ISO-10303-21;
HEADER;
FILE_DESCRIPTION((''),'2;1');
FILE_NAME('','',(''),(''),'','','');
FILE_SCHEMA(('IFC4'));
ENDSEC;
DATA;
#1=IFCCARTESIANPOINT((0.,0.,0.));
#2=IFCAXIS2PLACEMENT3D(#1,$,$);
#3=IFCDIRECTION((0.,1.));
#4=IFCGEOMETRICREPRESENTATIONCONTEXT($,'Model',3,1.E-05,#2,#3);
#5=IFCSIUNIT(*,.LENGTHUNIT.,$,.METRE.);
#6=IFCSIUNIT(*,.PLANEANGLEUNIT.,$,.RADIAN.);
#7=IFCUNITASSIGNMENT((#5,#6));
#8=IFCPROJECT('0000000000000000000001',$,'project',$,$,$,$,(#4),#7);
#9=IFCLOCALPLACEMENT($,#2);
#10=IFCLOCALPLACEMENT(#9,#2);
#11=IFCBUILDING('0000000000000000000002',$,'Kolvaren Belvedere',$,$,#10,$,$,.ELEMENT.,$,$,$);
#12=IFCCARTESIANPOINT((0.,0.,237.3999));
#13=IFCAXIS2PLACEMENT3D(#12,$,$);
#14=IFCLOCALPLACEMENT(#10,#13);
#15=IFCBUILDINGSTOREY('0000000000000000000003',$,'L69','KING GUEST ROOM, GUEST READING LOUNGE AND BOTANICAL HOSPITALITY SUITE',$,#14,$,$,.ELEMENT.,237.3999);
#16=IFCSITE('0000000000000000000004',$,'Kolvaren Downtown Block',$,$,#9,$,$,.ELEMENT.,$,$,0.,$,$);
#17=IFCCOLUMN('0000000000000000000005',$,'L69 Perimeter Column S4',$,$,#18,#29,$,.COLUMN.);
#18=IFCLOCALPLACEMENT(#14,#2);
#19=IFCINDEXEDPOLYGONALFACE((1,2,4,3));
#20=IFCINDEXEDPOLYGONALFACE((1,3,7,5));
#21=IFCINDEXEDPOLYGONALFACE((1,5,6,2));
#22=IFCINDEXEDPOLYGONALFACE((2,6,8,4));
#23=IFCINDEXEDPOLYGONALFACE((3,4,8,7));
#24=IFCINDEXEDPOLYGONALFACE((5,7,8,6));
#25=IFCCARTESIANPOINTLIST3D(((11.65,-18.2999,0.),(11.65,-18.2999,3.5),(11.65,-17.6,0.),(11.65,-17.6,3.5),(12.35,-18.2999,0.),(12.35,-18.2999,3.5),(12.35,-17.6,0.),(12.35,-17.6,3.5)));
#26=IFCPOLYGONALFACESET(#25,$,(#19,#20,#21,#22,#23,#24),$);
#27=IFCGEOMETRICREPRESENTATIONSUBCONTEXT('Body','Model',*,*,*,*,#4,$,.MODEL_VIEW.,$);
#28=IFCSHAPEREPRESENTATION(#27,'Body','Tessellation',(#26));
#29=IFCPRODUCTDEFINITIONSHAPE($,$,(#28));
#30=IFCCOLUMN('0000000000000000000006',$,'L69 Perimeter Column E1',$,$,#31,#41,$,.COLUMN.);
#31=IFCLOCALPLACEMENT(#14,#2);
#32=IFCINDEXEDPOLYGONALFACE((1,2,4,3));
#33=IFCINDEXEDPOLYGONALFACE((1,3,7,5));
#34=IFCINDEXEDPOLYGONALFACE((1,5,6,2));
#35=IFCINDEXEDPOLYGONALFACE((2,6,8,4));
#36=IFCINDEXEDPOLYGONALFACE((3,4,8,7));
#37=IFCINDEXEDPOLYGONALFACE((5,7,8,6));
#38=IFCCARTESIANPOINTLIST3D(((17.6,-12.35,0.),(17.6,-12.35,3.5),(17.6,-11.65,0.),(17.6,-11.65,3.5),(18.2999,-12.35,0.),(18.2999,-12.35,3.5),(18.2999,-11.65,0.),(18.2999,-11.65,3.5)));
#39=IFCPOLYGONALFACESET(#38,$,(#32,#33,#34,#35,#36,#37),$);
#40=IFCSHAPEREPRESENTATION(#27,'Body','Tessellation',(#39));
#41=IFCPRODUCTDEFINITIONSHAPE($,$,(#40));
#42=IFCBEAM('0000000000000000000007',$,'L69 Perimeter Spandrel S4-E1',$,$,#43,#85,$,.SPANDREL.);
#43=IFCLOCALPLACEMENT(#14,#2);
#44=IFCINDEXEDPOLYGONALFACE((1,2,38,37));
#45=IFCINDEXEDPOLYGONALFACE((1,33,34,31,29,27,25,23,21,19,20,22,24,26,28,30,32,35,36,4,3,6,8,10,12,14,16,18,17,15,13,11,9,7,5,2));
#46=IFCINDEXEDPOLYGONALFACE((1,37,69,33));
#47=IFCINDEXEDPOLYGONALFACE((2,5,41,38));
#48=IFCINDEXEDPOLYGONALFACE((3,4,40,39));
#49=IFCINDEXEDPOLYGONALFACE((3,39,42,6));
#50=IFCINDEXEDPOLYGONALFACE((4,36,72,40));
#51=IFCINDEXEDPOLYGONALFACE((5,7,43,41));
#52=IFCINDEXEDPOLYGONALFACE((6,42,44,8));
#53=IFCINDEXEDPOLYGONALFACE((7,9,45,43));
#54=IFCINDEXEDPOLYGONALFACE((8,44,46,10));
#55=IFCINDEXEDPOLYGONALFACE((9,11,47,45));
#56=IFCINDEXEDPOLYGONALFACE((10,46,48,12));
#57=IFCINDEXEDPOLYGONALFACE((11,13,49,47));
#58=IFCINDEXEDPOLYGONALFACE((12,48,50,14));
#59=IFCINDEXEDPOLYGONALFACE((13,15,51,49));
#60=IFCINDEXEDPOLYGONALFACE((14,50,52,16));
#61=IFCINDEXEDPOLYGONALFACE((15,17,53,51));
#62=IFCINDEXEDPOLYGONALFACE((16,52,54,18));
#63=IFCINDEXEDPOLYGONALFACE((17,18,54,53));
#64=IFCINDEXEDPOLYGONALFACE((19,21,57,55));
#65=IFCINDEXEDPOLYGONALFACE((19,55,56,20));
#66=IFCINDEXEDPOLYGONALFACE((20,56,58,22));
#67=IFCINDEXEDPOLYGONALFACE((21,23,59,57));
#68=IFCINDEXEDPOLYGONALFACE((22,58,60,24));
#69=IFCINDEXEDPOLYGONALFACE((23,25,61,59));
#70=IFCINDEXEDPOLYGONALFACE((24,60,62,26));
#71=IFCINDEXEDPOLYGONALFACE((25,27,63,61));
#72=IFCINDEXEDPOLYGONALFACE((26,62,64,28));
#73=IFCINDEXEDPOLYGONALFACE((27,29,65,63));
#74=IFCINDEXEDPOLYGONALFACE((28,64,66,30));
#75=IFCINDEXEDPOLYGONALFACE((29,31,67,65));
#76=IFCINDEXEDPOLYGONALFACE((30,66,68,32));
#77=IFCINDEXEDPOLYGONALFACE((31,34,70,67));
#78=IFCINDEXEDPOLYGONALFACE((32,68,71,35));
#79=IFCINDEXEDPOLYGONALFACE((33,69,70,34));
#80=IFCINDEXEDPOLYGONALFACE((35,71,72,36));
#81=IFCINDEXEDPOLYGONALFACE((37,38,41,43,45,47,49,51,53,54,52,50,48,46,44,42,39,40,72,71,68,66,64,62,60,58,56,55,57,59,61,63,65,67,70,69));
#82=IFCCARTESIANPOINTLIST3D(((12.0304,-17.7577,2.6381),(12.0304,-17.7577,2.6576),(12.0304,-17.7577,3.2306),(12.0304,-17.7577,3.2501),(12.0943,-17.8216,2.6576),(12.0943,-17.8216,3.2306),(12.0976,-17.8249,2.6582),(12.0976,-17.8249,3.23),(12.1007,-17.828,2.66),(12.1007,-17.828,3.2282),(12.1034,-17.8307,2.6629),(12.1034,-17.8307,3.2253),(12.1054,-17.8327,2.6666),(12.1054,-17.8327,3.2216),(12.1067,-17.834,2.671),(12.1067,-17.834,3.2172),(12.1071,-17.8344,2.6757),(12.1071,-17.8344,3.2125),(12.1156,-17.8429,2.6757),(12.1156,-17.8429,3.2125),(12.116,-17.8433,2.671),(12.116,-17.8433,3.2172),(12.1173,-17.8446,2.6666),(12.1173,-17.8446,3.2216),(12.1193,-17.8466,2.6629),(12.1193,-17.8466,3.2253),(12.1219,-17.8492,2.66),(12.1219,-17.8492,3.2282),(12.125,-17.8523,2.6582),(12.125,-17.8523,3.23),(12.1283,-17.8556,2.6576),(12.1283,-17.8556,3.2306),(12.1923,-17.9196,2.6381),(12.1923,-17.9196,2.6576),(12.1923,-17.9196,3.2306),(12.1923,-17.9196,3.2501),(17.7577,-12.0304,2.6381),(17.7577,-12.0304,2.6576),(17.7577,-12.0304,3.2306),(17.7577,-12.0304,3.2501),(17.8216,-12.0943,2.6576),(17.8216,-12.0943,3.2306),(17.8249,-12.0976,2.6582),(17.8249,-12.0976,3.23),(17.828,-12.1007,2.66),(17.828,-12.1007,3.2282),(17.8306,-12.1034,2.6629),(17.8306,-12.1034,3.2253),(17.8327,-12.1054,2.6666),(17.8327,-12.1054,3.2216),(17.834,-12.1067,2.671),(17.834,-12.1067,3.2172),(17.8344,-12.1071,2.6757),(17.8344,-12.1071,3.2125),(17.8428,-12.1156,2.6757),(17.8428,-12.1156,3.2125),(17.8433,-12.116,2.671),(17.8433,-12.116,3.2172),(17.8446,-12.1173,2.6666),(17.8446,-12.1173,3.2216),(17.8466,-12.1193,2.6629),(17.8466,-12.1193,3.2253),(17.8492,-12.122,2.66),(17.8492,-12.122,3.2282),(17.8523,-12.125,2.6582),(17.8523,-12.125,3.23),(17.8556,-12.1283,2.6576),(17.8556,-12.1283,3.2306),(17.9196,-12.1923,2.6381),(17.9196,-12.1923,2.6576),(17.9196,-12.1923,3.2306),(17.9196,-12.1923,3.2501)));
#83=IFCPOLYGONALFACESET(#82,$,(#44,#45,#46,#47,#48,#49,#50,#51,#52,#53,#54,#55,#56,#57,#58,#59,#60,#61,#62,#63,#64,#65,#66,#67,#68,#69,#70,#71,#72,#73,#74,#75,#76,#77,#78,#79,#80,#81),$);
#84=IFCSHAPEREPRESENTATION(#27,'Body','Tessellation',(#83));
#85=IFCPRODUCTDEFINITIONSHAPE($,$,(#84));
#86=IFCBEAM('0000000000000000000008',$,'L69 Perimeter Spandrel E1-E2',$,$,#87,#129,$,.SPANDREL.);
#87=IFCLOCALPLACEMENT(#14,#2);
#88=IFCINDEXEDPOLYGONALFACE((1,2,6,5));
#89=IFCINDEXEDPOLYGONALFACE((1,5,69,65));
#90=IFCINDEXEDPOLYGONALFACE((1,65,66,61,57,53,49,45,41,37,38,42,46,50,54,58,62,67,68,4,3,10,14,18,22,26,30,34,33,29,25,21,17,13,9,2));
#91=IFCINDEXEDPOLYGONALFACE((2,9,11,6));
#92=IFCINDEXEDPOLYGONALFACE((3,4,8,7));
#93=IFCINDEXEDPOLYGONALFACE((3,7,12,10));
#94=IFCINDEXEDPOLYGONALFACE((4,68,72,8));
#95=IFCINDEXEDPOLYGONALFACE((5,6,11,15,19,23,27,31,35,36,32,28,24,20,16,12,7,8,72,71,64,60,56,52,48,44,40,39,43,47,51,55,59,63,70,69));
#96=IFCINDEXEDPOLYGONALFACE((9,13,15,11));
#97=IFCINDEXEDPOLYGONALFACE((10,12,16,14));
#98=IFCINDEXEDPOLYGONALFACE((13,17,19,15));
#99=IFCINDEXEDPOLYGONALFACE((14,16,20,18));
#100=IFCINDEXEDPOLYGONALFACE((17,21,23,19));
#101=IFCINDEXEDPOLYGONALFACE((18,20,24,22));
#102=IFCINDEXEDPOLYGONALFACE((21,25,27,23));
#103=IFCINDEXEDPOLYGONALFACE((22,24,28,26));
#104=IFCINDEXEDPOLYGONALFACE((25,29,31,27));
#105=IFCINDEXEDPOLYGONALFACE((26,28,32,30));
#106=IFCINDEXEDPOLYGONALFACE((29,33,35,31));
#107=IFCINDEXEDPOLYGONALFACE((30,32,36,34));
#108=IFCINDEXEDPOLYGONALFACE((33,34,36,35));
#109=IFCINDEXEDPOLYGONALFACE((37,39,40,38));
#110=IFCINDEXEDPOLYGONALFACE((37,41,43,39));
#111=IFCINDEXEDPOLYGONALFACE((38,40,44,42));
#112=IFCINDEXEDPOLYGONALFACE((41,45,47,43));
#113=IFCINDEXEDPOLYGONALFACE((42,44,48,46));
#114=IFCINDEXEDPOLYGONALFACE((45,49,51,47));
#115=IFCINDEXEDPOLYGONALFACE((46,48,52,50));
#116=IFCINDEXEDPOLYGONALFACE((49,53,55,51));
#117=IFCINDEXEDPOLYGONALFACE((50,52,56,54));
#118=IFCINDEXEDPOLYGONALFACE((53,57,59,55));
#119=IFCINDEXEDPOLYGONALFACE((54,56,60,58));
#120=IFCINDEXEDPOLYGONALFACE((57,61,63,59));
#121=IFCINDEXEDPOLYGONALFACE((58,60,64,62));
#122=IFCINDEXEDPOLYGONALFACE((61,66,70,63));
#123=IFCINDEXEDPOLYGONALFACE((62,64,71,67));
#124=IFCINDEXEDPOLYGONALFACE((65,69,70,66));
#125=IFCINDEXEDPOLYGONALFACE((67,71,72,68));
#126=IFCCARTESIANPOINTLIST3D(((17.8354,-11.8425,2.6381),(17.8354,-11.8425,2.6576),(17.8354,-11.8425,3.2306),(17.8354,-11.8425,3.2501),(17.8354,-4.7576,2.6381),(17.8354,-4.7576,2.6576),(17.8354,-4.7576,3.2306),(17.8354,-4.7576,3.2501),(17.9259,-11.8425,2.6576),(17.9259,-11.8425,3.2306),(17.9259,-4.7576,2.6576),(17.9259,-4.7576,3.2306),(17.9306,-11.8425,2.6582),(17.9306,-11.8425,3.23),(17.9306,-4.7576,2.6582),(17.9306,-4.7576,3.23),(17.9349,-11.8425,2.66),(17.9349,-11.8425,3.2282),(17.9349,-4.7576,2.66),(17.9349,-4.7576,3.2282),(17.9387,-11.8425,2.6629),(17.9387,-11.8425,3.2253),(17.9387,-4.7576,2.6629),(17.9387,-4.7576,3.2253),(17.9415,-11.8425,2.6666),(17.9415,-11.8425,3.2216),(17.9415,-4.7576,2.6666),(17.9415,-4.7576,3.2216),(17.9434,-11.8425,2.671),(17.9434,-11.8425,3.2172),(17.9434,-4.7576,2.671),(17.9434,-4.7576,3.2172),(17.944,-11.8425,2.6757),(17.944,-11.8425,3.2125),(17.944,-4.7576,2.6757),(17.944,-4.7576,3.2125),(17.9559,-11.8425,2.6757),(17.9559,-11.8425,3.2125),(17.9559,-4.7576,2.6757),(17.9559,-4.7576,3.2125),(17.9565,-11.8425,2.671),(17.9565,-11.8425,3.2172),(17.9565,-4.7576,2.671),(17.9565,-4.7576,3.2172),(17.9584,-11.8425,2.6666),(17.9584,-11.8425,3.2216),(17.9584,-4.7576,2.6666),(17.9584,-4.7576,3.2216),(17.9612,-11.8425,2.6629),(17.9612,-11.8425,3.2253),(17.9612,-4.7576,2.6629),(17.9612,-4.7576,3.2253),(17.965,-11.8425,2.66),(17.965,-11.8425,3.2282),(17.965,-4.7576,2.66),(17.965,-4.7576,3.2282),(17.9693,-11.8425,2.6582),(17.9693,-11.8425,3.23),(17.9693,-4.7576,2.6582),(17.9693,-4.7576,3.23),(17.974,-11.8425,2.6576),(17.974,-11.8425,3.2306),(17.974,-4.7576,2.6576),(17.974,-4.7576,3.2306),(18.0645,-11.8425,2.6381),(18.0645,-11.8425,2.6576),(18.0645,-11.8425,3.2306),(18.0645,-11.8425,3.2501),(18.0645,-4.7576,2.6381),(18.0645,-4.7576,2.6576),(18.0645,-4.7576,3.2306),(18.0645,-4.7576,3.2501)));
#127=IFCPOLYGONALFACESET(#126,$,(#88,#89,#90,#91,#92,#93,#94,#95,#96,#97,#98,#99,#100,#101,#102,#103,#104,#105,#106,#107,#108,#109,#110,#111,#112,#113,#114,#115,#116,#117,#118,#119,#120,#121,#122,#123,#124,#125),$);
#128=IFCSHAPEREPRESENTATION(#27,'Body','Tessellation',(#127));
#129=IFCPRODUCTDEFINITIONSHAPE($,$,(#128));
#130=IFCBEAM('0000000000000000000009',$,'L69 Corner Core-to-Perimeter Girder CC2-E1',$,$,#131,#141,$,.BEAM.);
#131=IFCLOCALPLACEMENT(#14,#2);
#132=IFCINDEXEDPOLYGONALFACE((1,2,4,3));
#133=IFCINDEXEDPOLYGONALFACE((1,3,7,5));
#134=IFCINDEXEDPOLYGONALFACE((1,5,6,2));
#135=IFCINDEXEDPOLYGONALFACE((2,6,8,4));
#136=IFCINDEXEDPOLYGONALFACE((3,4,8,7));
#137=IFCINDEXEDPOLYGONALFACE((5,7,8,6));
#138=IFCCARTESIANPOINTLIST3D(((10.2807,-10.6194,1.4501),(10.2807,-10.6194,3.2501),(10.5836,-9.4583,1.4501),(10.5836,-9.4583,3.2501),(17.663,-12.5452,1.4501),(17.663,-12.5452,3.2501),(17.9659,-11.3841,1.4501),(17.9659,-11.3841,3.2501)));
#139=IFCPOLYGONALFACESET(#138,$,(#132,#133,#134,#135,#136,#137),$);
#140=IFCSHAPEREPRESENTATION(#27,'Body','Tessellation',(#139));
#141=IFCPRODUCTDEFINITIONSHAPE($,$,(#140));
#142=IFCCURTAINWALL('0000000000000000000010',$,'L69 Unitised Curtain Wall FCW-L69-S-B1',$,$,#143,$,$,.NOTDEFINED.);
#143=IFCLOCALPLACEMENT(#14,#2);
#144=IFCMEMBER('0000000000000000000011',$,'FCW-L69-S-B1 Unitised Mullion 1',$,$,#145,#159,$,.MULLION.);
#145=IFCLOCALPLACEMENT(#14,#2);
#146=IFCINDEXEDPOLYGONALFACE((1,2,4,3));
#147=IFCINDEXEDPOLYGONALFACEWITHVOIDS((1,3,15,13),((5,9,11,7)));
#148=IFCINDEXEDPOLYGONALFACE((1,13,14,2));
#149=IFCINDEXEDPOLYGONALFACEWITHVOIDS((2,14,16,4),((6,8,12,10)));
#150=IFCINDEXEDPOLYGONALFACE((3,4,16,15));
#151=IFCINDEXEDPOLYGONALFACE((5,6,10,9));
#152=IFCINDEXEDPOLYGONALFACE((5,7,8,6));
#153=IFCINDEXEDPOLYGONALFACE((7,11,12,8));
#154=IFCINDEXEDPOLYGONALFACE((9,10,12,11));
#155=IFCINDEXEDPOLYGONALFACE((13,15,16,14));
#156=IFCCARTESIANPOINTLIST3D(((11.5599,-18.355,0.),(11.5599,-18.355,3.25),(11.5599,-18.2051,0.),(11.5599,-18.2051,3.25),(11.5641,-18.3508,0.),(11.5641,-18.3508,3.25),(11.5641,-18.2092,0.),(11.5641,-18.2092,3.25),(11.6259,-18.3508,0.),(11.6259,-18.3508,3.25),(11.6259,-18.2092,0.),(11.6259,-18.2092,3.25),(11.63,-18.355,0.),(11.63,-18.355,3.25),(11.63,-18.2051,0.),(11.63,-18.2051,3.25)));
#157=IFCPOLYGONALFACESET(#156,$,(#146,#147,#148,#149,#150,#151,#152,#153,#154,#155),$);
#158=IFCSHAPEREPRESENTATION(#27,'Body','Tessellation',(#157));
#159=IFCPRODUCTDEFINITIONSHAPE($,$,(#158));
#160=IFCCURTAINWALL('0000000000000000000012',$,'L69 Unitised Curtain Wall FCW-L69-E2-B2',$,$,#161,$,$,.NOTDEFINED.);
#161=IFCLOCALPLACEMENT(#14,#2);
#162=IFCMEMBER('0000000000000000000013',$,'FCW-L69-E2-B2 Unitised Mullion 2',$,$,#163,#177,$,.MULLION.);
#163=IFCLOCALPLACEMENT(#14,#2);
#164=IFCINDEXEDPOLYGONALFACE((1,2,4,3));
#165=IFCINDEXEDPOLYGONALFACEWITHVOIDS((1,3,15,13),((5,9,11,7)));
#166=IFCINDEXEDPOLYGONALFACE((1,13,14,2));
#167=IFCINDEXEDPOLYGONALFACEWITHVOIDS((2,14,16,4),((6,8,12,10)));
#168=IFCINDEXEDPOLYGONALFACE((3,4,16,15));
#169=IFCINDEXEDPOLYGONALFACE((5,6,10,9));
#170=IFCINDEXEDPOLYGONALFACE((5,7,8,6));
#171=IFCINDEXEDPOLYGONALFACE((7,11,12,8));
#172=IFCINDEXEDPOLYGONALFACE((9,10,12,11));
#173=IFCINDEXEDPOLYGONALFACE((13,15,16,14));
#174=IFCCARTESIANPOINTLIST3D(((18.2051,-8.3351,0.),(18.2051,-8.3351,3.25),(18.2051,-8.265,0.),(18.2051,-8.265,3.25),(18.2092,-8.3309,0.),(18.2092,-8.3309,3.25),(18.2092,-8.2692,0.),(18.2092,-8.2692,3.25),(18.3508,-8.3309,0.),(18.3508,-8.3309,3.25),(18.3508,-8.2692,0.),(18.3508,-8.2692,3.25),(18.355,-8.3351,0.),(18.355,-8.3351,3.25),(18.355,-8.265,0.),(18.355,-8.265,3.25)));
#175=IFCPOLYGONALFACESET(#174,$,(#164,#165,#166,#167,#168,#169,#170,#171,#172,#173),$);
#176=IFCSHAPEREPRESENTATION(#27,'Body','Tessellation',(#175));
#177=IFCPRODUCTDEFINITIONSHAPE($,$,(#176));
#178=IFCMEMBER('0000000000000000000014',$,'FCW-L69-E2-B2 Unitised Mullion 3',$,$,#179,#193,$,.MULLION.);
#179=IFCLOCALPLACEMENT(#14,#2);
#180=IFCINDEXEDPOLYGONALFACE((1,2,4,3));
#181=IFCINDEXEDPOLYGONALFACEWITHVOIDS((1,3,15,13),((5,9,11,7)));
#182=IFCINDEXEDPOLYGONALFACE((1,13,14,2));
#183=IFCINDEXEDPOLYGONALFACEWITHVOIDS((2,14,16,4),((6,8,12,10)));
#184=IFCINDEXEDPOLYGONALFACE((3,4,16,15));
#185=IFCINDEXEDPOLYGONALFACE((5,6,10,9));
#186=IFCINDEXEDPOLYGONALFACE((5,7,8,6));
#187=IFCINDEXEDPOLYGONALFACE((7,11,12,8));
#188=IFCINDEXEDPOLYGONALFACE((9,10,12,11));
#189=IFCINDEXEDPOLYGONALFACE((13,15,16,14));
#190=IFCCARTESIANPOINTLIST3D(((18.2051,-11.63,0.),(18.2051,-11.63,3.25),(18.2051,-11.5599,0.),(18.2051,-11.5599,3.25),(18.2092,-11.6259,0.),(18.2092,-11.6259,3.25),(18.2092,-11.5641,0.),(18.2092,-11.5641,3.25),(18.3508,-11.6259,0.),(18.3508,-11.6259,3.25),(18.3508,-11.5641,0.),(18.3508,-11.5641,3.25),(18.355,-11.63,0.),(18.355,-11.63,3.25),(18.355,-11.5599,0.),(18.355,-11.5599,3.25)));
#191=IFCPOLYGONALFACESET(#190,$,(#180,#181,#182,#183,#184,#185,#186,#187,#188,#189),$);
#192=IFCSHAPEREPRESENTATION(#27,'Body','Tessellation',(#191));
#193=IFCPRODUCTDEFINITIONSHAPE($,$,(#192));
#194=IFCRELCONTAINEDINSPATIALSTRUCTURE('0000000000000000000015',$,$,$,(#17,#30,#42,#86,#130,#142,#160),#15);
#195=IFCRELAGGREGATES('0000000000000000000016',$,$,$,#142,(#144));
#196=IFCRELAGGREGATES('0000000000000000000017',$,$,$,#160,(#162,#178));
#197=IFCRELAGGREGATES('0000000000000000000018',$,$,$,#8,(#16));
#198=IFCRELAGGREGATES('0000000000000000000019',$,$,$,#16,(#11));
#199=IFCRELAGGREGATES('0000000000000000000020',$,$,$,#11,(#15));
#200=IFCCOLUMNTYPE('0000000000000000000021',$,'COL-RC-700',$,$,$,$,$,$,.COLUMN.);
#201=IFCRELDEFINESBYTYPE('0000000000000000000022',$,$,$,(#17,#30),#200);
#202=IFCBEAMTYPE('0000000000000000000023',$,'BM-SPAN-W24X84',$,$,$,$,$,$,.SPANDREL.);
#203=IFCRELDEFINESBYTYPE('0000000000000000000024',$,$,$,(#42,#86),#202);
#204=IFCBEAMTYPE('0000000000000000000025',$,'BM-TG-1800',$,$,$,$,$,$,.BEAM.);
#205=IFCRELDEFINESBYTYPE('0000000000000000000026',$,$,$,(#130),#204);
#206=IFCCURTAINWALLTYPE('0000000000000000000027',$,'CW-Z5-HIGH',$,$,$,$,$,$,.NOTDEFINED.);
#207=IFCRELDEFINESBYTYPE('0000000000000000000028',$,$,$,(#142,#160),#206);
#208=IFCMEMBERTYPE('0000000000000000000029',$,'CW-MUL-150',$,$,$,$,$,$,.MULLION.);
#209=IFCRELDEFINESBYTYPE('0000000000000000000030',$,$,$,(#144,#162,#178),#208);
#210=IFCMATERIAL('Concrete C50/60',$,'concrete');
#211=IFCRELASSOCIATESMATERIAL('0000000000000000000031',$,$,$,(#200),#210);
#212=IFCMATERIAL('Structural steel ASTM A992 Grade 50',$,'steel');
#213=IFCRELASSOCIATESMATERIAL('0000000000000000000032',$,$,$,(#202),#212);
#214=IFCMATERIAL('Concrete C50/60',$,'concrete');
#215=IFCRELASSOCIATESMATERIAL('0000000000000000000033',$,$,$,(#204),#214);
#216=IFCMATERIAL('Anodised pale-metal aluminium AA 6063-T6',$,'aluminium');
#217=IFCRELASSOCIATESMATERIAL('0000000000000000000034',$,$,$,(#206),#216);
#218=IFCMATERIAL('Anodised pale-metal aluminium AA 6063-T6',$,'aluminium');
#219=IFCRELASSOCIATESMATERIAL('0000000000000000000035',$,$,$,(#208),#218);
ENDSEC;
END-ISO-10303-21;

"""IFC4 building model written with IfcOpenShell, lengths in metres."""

from ifc_helpers import new_model, si_unit, direction, frame, origin, origin_2d, place, context, subcontext, project, spatial, rectangle, hollow_rectangle, i_section, extrude, material, material_profile, profile_set, type_object, element, aggregate, save


model = new_model("IFC4")

# Units and contexts
model_context = context("Model", 3, precision=1e-05, world=origin(), true_north=direction((0.0, 1.0)))
body_context = subcontext(model_context, "Body", "Model", "MODEL_VIEW")
ifc_project = project(units=[si_unit("LENGTHUNIT", "METRE"), si_unit("PLANEANGLEUNIT", "RADIAN")], contexts=[model_context])

# Site, building, storey
site_placement = place(None, origin())
site = spatial("IfcSite", under=ifc_project, at=site_placement, Name="Kolvaren Downtown Block", CompositionType="ELEMENT", RefElevation=0.0)
building_placement = place(site_placement, origin())
building = spatial("IfcBuilding", under=site, at=building_placement, Name="Kolvaren Belvedere", CompositionType="ELEMENT")
storey_placement = place(building_placement, frame((0.0, 0.0, 237.3999)))
storey = spatial("IfcBuildingStorey", under=building, at=storey_placement, Name="L69", Description="KING GUEST ROOM, GUEST READING LOUNGE AND BOTANICAL HOSPITALITY SUITE", CompositionType="ELEMENT", Elevation=237.3999)

# Columns
ifc_material_1 = material(Name="Concrete C50/60", Category="concrete")
ifc_material_profile_1 = material_profile(ifc_material_1, rectangle(XDim=0.7, YDim=0.7, at=origin_2d()), Name="RC 700X700")
ifc_profile_set_1 = profile_set([ifc_material_profile_1], Name="Concrete C50/60")
column_type = type_object("IfcColumnType", Name="COL-RC-700", PredefinedType="COLUMN", material=ifc_profile_set_1)
for number, where, z_axis, x_axis, name in (
    (1, (12.0, -17.95, 0.0), (0.0, 0.0, 1.0), (1.0, 0.0, 0.0), "L69 Perimeter Column S4"),
    (2, (17.95, -12.0, 0.0), (0.0, 0.0, 1.0), (1.0, 0.0, 0.0), "L69 Perimeter Column E1"),
):
    element("IfcColumn", number, at=place(storey_placement, frame(where, z_axis=z_axis, x_axis=x_axis)), inside=storey, type_object=column_type, Name=name, PredefinedType="COLUMN", context=body_context, shape_type="SweptSolid", body=[
        extrude(rectangle(XDim=0.7, YDim=0.7, at=origin_2d()), origin(), (0.0, 0.0, 1.0), 3.5),
    ])

# Beams
ifc_material_2 = material(Name="Structural steel ASTM A992 Grade 50", Category="steel")
ifc_material_profile_2 = material_profile(ifc_material_2, i_section(OverallWidth=0.229, OverallDepth=0.6121, WebThickness=0.012, FlangeThickness=0.0195, FilletRadius=0.0181, at=origin_2d()), Name="W24X84")
ifc_profile_set_2 = profile_set([ifc_material_profile_2], Name="Structural steel ASTM A992 Grade 50")
beam_type_1 = type_object("IfcBeamType", Name="BM-SPAN-W24X84", PredefinedType="SPANDREL", material=ifc_profile_set_2)
beam_1_placement = place(storey_placement, frame((12.1113, -17.8386, 2.9441), z_axis=(0.707107, 0.707107, 0.0), x_axis=(-0.707107, 0.707107, 0.0)))
element("IfcBeam", 3, at=beam_1_placement, inside=storey, type_object=beam_type_1, Name="L69 Perimeter Spandrel S4-E1", PredefinedType="SPANDREL", context=body_context, shape_type="SweptSolid", body=[
    extrude(i_section(OverallWidth=0.229, OverallDepth=0.6121, WebThickness=0.012, FlangeThickness=0.0195, FilletRadius=0.0181, at=origin_2d()), origin(), (0.0, 0.0, 1.0), 8.0996),
])
beam_2_placement = place(storey_placement, frame((17.95, -11.8425, 2.9441), z_axis=(0.0, 1.0, 0.0), x_axis=(-1.0, 0.0, 0.0)))
element("IfcBeam", 4, at=beam_2_placement, inside=storey, type_object=beam_type_1, Name="L69 Perimeter Spandrel E1-E2", PredefinedType="SPANDREL", context=body_context, shape_type="SweptSolid", body=[
    extrude(i_section(OverallWidth=0.229, OverallDepth=0.6121, WebThickness=0.012, FlangeThickness=0.0195, FilletRadius=0.0181, at=origin_2d()), origin(), (0.0, 0.0, 1.0), 7.085),
])
ifc_material_3 = material(Name="Concrete C50/60", Category="concrete")
ifc_material_profile_3 = material_profile(ifc_material_3, rectangle(XDim=1.2, YDim=1.8, at=origin_2d()), Name="RC 1200X1800")
ifc_profile_set_3 = profile_set([ifc_material_profile_3], Name="Concrete C50/60")
beam_type_2 = type_object("IfcBeamType", Name="BM-TG-1800", PredefinedType="BEAM", material=ifc_profile_set_3)
beam_3_placement = place(storey_placement, frame((10.4321, -10.0388, 2.3501), z_axis=(0.967619, -0.252417, 0.0), x_axis=(0.252417, 0.967619, 0.0)))
element("IfcBeam", 5, at=beam_3_placement, inside=storey, type_object=beam_type_2, Name="L69 Corner Core-to-Perimeter Girder CC2-E1", PredefinedType="BEAM", context=body_context, shape_type="SweptSolid", body=[
    extrude(rectangle(XDim=1.2, YDim=1.8, at=origin_2d()), origin(), (0.0, 0.0, 1.0), 7.6294),
])

# Curtain wall, member
ifc_material_4 = material(Name="Anodised pale-metal aluminium AA 6063-T6", Category="aluminium")
curtain_wall_type = type_object("IfcCurtainWallType", Name="CW-Z5-HIGH", PredefinedType="NOTDEFINED", material=ifc_material_4)
curtain_wall_1_placement = place(storey_placement, origin())
curtain_wall_1 = element("IfcCurtainWall", 6, at=curtain_wall_1_placement, inside=storey, type_object=curtain_wall_type, Name="L69 Unitised Curtain Wall FCW-L69-S-B1", PredefinedType="NOTDEFINED")
ifc_material_5 = material(Name="Anodised pale-metal aluminium AA 6063-T6", Category="aluminium")
ifc_material_profile_4 = material_profile(ifc_material_5, hollow_rectangle(XDim=0.0701, YDim=0.1499, WallThickness=0.0042, at=origin_2d()), Name="ALU-MUL-150X70")
ifc_profile_set_4 = profile_set([ifc_material_profile_4], Name="Anodised pale-metal aluminium AA 6063-T6")
member_type_1 = type_object("IfcMemberType", Name="CW-MUL-150", PredefinedType="MULLION", material=ifc_profile_set_4)
member_1_placement = place(storey_placement, frame((11.595, -18.28, 0.0), z_axis=(0.0, 0.0, 1.0), x_axis=(1.0, 0.0, 0.0)))
member_1 = element("IfcMember", 7, at=member_1_placement, type_object=member_type_1, Name="FCW-L69-S-B1 Unitised Mullion 1", PredefinedType="MULLION", context=body_context, shape_type="SweptSolid", body=[
    extrude(hollow_rectangle(XDim=0.0701, YDim=0.1499, WallThickness=0.0042, at=origin_2d()), origin(), (0.0, 0.0, 1.0), 3.25),
])

# Curtain wall, members
curtain_wall_2_placement = place(storey_placement, origin())
curtain_wall_2 = element("IfcCurtainWall", 8, at=curtain_wall_2_placement, inside=storey, type_object=curtain_wall_type, Name="L69 Unitised Curtain Wall FCW-L69-E2-B2", PredefinedType="NOTDEFINED")
member_2_placement = place(storey_placement, frame((18.28, -8.3, 0.0), z_axis=(0.0, 0.0, 1.0), x_axis=(0.0, 1.0, 0.0)))
member_2 = element("IfcMember", 9, at=member_2_placement, type_object=member_type_1, Name="FCW-L69-E2-B2 Unitised Mullion 2", PredefinedType="MULLION", context=body_context, shape_type="SweptSolid", body=[
    extrude(hollow_rectangle(XDim=0.0701, YDim=0.1499, WallThickness=0.0042, at=origin_2d()), origin(), (0.0, 0.0, 1.0), 3.25),
])
member_3_placement = place(storey_placement, frame((18.28, -11.595, 0.0), z_axis=(0.0, 0.0, 1.0), x_axis=(0.0, 1.0, 0.0)))
member_3 = element("IfcMember", 10, at=member_3_placement, type_object=member_type_1, Name="FCW-L69-E2-B2 Unitised Mullion 3", PredefinedType="MULLION", context=body_context, shape_type="SweptSolid", body=[
    extrude(hollow_rectangle(XDim=0.0701, YDim=0.1499, WallThickness=0.0042, at=origin_2d()), origin(), (0.0, 0.0, 1.0), 3.25),
])

aggregate(curtain_wall_1, [member_1])

aggregate(curtain_wall_2, [member_2, member_3])

save(model, "model.ifc")
